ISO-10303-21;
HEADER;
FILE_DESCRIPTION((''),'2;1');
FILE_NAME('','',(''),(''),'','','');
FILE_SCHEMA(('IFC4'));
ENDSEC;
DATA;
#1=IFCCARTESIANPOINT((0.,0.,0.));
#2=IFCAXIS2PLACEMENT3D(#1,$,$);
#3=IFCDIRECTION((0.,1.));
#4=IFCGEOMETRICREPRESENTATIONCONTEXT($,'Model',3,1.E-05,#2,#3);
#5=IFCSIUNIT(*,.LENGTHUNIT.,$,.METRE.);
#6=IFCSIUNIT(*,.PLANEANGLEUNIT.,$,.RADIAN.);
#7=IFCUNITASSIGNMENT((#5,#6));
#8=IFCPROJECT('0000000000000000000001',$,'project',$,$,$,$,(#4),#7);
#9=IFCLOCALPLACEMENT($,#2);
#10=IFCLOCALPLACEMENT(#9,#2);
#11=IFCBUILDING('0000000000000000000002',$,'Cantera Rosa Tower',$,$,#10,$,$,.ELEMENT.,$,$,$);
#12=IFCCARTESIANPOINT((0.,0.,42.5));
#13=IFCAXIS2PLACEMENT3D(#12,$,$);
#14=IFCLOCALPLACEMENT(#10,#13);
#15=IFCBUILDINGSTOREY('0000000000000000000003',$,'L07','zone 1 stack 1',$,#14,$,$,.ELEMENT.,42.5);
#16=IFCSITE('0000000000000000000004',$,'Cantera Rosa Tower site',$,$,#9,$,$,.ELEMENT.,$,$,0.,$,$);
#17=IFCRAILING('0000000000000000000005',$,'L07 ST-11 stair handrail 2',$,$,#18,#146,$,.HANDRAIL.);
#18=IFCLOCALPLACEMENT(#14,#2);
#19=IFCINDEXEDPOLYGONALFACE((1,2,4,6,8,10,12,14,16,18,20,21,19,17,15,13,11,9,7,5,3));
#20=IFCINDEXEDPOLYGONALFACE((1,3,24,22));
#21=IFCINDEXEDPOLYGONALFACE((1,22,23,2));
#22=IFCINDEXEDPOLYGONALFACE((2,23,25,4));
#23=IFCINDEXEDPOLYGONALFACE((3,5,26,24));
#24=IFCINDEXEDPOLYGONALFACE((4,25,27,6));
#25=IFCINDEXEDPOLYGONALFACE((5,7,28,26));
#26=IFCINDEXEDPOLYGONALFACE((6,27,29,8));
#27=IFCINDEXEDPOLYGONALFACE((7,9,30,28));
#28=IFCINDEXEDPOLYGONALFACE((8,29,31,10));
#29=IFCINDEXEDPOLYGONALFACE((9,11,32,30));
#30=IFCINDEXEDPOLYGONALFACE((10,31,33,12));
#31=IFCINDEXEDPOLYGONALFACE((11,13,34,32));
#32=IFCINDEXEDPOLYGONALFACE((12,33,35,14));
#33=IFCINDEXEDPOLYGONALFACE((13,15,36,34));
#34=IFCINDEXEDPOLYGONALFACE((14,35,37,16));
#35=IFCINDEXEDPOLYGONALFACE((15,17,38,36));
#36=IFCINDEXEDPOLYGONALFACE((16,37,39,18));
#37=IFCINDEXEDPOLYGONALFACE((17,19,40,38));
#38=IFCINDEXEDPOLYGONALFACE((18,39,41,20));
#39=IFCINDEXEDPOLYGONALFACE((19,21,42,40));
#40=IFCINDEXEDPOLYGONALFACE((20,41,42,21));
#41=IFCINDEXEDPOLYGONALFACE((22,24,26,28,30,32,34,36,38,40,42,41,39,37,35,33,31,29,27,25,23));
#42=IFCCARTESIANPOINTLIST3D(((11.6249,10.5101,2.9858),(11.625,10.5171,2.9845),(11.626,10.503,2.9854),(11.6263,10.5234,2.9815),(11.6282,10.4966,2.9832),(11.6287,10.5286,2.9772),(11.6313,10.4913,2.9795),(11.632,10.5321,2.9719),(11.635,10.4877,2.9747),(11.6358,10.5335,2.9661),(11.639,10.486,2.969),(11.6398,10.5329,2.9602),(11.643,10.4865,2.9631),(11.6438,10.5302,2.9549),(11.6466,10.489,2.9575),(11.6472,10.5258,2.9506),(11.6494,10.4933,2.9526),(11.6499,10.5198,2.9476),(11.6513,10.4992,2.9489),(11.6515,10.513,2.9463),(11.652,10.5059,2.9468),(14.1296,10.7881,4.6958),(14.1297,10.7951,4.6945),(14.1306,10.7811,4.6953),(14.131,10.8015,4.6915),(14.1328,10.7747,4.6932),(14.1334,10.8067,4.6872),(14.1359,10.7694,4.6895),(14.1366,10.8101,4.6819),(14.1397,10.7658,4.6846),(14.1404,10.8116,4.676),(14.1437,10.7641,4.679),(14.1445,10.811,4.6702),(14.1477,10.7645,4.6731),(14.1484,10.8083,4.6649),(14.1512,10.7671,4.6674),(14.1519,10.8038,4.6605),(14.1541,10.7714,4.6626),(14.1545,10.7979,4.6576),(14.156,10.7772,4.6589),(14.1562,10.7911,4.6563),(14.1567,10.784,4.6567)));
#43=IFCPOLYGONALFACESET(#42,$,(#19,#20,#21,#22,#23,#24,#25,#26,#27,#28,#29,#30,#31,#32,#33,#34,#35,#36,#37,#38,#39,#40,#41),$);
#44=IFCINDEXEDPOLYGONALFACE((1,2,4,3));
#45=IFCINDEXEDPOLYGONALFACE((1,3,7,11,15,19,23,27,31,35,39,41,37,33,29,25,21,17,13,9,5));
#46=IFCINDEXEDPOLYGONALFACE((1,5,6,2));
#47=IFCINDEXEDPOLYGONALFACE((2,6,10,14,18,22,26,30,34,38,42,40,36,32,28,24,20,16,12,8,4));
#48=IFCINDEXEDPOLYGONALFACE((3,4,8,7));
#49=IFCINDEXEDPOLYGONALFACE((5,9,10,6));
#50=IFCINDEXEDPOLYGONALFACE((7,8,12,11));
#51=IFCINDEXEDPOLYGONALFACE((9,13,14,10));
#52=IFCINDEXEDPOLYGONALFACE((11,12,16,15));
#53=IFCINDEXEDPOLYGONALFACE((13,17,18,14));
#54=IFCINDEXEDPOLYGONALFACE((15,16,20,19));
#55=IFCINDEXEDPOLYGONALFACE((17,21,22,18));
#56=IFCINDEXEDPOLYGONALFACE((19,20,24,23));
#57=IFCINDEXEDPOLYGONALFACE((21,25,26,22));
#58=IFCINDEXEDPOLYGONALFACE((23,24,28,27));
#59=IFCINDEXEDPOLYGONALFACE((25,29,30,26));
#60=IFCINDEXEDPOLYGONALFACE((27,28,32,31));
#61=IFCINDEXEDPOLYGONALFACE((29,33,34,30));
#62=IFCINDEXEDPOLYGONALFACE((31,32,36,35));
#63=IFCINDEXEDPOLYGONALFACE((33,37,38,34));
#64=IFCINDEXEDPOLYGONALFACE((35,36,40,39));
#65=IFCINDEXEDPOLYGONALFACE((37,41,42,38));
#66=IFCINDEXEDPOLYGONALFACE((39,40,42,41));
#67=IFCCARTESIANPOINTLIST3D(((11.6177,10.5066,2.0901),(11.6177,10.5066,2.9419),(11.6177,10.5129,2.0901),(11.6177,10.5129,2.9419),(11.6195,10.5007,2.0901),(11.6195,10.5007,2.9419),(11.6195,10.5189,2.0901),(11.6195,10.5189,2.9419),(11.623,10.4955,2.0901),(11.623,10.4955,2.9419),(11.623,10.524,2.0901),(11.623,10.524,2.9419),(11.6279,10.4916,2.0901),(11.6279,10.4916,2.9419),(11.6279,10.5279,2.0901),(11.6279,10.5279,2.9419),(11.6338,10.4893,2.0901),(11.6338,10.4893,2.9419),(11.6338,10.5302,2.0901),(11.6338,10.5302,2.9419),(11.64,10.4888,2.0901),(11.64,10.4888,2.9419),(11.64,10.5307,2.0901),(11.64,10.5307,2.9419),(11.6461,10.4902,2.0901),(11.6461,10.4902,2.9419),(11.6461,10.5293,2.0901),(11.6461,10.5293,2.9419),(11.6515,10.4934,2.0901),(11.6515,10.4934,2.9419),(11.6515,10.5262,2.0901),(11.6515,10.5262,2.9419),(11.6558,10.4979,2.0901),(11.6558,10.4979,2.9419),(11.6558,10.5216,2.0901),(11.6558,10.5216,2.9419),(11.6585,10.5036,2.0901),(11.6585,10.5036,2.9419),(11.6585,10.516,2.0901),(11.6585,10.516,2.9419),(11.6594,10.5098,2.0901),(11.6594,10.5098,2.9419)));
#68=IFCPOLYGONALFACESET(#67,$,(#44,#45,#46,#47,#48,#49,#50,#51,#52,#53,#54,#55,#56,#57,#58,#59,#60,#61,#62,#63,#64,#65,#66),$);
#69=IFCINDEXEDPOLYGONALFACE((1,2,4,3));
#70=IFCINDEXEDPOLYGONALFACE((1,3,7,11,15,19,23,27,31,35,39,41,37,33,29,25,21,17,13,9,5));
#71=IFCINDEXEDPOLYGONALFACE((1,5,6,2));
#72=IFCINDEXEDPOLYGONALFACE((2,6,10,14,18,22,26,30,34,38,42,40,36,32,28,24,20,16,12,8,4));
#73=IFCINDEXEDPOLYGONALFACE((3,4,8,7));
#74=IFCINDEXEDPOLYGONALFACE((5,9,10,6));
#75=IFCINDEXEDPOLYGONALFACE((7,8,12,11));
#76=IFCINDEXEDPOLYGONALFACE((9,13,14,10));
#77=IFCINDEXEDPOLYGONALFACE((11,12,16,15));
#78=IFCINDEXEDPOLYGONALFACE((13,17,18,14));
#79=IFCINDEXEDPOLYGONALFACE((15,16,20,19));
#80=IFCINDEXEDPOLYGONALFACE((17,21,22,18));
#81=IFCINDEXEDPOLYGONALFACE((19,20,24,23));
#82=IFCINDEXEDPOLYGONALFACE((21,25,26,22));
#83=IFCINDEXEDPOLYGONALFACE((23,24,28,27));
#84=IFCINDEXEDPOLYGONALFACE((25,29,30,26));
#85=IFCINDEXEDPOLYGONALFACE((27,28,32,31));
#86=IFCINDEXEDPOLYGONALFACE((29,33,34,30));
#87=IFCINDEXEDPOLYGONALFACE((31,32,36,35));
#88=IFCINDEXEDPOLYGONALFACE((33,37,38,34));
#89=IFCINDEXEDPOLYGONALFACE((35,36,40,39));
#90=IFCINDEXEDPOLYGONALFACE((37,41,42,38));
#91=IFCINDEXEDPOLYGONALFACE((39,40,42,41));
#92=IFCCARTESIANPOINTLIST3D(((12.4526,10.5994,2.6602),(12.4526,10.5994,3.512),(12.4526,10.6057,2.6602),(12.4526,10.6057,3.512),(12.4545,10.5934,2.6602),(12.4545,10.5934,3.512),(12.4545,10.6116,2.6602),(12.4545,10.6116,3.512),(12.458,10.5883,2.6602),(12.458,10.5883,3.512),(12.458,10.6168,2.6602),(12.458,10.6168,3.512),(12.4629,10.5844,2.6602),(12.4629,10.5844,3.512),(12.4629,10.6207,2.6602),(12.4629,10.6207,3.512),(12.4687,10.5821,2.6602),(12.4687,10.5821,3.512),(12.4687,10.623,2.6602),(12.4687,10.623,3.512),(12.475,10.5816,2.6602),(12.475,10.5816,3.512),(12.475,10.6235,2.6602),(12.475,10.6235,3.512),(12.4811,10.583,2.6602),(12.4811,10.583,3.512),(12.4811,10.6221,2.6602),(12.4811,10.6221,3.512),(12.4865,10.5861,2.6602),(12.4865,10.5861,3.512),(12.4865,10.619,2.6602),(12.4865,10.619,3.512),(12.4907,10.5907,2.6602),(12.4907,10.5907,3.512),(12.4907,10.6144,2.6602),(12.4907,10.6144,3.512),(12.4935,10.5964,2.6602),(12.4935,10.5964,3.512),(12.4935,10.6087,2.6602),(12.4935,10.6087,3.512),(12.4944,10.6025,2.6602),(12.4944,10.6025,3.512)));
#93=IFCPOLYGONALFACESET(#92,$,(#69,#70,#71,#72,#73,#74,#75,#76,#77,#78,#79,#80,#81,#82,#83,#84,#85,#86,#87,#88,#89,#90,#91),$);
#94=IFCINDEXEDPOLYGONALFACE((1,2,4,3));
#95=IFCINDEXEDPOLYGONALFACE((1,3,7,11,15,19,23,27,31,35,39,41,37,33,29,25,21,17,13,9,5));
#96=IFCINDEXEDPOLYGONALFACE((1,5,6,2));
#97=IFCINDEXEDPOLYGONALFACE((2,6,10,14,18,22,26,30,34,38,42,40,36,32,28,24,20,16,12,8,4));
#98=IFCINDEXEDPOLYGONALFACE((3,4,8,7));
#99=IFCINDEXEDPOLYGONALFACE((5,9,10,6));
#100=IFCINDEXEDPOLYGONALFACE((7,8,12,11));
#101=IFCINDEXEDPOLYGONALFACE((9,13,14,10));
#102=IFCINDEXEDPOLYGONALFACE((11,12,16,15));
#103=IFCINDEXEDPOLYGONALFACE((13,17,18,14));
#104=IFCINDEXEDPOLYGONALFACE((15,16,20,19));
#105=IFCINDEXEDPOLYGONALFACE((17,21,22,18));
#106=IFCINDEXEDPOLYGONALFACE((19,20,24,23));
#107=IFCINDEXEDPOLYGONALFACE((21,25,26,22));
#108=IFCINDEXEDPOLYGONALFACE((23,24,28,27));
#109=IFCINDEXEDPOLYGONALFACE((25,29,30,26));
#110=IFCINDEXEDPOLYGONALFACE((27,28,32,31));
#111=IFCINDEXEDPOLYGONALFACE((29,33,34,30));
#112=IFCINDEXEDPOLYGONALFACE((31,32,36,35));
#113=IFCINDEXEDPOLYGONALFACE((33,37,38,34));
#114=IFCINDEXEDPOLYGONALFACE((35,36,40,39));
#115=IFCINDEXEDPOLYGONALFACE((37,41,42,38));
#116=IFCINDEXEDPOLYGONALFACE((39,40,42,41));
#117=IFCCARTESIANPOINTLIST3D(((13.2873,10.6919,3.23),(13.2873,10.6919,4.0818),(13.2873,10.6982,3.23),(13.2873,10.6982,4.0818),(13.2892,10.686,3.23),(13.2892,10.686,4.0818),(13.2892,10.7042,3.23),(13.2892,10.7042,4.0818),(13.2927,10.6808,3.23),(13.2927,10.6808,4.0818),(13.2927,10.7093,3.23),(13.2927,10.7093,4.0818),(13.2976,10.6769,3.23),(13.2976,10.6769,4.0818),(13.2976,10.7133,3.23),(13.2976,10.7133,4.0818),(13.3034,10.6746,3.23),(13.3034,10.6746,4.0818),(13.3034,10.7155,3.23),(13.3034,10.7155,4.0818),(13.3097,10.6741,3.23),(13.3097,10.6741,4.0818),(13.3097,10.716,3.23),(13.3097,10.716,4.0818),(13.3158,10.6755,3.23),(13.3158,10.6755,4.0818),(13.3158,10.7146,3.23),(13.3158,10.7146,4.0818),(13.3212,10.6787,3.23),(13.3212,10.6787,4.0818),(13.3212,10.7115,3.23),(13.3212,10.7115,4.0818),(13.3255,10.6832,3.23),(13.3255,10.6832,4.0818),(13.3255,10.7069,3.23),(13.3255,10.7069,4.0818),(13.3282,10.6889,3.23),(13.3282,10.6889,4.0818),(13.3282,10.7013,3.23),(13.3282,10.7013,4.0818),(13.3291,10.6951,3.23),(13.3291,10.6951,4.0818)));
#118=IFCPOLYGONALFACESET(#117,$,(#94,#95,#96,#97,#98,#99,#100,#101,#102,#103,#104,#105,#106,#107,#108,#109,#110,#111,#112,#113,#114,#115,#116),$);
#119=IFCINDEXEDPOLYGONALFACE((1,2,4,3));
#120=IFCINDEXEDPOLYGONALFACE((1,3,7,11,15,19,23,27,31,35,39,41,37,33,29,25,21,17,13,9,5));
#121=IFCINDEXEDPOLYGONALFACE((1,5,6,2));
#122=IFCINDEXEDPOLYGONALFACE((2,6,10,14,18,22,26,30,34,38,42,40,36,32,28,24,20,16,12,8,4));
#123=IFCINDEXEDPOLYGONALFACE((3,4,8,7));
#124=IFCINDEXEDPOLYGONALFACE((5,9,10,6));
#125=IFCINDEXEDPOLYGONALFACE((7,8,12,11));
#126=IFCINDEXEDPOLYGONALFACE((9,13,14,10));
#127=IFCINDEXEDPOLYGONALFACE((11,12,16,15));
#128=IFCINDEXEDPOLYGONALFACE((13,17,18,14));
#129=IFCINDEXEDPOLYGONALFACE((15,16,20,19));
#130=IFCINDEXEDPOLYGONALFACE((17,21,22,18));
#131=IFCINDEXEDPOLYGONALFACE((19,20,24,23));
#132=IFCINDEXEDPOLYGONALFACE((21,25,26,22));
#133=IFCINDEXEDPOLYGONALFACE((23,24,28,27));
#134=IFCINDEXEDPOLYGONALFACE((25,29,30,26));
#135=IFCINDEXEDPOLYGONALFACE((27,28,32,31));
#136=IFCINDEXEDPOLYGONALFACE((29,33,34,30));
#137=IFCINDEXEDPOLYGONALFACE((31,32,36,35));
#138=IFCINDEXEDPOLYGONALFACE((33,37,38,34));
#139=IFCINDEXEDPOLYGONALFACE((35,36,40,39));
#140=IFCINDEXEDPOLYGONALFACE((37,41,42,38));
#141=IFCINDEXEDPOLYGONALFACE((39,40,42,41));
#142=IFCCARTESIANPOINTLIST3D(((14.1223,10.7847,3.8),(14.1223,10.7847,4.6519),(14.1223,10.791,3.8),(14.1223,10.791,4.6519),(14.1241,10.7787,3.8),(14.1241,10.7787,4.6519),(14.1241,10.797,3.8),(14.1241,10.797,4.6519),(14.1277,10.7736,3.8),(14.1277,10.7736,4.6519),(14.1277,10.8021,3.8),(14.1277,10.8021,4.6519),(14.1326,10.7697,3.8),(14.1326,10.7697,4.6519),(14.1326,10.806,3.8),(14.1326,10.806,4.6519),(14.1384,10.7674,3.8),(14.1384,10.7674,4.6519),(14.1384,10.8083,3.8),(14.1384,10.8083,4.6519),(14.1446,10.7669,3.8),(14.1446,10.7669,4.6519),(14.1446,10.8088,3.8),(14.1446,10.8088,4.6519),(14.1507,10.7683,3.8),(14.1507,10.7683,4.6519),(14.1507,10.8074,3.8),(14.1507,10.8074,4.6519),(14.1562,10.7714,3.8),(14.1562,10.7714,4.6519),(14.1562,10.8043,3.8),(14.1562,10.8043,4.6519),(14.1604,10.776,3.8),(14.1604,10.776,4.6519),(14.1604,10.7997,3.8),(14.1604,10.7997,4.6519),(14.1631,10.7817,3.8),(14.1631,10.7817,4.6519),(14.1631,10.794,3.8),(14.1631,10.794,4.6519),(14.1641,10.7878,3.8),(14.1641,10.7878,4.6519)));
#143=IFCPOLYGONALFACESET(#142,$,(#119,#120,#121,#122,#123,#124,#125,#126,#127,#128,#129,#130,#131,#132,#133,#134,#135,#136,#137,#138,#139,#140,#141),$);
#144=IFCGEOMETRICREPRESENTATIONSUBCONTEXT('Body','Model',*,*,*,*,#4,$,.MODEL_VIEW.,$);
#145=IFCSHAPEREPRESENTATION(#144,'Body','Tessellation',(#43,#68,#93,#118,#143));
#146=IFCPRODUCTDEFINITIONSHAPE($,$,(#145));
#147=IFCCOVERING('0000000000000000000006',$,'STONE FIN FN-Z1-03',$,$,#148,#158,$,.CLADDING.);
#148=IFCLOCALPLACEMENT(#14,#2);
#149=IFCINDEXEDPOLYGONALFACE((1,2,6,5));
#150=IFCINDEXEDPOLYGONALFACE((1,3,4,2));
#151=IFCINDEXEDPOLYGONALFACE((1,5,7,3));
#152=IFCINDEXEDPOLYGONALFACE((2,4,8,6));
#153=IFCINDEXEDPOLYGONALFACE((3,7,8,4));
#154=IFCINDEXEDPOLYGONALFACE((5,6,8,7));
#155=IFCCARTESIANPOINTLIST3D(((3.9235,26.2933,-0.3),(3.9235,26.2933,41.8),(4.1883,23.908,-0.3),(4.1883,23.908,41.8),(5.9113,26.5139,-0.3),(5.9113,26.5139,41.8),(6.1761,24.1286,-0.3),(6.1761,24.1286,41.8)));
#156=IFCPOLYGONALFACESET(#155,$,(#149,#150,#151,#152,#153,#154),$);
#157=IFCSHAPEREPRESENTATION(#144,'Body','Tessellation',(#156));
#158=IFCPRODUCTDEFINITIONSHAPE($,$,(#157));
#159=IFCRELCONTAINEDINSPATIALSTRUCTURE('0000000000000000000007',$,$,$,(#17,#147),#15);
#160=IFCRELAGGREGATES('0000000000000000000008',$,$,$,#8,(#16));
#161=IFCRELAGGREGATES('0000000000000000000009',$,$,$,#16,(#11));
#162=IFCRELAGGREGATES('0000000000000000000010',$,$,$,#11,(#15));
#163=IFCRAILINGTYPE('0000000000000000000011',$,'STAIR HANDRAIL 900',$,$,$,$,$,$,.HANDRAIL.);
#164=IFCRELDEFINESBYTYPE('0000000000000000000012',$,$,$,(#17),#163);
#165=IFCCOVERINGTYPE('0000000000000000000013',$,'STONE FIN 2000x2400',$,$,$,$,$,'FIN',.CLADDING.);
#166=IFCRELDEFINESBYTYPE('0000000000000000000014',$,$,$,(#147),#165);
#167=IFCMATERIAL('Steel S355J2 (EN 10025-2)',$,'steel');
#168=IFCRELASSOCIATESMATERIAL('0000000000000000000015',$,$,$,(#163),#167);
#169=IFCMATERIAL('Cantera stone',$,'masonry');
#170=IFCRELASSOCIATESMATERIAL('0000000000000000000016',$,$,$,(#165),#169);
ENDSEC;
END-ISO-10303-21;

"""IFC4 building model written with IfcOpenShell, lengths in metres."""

from ifc_helpers import new_model, si_unit, direction, frame, origin, origin_2d, place, context, subcontext, project, spatial, rectangle, circle, extrude, material, type_object, element, save


model = new_model("IFC4")

# Units and contexts
model_context = context("Model", 3, precision=1e-05, world=origin(), true_north=direction((0.0, 1.0)))
body_context = subcontext(model_context, "Body", "Model", "MODEL_VIEW")
ifc_project = project(units=[si_unit("LENGTHUNIT", "METRE"), si_unit("PLANEANGLEUNIT", "RADIAN")], contexts=[model_context])

# Site, building, storey
site_placement = place(None, origin())
site = spatial("IfcSite", under=ifc_project, at=site_placement, Name="Cantera Rosa Tower site", CompositionType="ELEMENT", RefElevation=0.0)
building_placement = place(site_placement, origin())
building = spatial("IfcBuilding", under=site, at=building_placement, Name="Cantera Rosa Tower", CompositionType="ELEMENT")
storey_placement = place(building_placement, frame((0.0, 0.0, 42.5)))
storey = spatial("IfcBuildingStorey", under=building, at=storey_placement, Name="L07", Description="zone 1 stack 1", CompositionType="ELEMENT", Elevation=42.5)

# Railing
ifc_material_1 = material(Name="Steel S355J2 (EN 10025-2)", Category="steel")
railing_type_1 = type_object("IfcRailingType", Name="STAIR HANDRAIL 900", PredefinedType="HANDRAIL", material=ifc_material_1)
railing_1_placement = place(storey_placement, frame((11.6384, 10.5098, 2.0901)))
element("IfcRailing", 1, at=railing_1_placement, inside=storey, type_object=railing_type_1, Name="L07 ST-11 stair handrail 2", PredefinedType="HANDRAIL", context=body_context, shape_type="SweptSolid", body=[
    extrude(circle(Radius=0.0239, at=origin_2d()), frame((0.0, 0.0, 0.876), z_axis=(0.822431, 0.09131, 0.561488), x_axis=(-0.110346, 0.993893, 0.0)), (0.0, 0.0, 1.0), 3.0454),
    extrude(circle(Radius=0.021, at=origin_2d()), origin(), (0.0, 0.0, 1.0), 0.8518),
    extrude(circle(Radius=0.021, at=origin_2d()), frame((0.835, 0.0928, 0.5701)), (0.0, 0.0, 1.0), 0.8518),
    extrude(circle(Radius=0.021, at=origin_2d()), frame((1.6697, 0.1853, 1.1399)), (0.0, 0.0, 1.0), 0.8518),
    extrude(circle(Radius=0.021, at=origin_2d()), frame((2.5046, 0.2781, 1.71)), (0.0, 0.0, 1.0), 0.8518),
])

# Covering
ifc_material_2 = material(Name="Cantera stone", Category="masonry")
covering_type = type_object("IfcCoveringType", Name="STONE FIN 2000x2400", ElementType="FIN", PredefinedType="CLADDING", material=ifc_material_2)
covering_placement = place(storey_placement, frame((5.0498, 25.2109, -0.3), z_axis=(0.0, 0.0, 1.0), x_axis=(-0.993897, -0.110313, 0.0)))
element("IfcCovering", 2, at=covering_placement, inside=storey, type_object=covering_type, Name="STONE FIN FN-Z1-03", PredefinedType="CLADDING", context=body_context, shape_type="SweptSolid", body=[
    extrude(rectangle(XDim=2.0, YDim=2.3999, at=origin_2d()), origin(), (0.0, 0.0, 1.0), 42.1001),
])

save(model, "model.ifc")
